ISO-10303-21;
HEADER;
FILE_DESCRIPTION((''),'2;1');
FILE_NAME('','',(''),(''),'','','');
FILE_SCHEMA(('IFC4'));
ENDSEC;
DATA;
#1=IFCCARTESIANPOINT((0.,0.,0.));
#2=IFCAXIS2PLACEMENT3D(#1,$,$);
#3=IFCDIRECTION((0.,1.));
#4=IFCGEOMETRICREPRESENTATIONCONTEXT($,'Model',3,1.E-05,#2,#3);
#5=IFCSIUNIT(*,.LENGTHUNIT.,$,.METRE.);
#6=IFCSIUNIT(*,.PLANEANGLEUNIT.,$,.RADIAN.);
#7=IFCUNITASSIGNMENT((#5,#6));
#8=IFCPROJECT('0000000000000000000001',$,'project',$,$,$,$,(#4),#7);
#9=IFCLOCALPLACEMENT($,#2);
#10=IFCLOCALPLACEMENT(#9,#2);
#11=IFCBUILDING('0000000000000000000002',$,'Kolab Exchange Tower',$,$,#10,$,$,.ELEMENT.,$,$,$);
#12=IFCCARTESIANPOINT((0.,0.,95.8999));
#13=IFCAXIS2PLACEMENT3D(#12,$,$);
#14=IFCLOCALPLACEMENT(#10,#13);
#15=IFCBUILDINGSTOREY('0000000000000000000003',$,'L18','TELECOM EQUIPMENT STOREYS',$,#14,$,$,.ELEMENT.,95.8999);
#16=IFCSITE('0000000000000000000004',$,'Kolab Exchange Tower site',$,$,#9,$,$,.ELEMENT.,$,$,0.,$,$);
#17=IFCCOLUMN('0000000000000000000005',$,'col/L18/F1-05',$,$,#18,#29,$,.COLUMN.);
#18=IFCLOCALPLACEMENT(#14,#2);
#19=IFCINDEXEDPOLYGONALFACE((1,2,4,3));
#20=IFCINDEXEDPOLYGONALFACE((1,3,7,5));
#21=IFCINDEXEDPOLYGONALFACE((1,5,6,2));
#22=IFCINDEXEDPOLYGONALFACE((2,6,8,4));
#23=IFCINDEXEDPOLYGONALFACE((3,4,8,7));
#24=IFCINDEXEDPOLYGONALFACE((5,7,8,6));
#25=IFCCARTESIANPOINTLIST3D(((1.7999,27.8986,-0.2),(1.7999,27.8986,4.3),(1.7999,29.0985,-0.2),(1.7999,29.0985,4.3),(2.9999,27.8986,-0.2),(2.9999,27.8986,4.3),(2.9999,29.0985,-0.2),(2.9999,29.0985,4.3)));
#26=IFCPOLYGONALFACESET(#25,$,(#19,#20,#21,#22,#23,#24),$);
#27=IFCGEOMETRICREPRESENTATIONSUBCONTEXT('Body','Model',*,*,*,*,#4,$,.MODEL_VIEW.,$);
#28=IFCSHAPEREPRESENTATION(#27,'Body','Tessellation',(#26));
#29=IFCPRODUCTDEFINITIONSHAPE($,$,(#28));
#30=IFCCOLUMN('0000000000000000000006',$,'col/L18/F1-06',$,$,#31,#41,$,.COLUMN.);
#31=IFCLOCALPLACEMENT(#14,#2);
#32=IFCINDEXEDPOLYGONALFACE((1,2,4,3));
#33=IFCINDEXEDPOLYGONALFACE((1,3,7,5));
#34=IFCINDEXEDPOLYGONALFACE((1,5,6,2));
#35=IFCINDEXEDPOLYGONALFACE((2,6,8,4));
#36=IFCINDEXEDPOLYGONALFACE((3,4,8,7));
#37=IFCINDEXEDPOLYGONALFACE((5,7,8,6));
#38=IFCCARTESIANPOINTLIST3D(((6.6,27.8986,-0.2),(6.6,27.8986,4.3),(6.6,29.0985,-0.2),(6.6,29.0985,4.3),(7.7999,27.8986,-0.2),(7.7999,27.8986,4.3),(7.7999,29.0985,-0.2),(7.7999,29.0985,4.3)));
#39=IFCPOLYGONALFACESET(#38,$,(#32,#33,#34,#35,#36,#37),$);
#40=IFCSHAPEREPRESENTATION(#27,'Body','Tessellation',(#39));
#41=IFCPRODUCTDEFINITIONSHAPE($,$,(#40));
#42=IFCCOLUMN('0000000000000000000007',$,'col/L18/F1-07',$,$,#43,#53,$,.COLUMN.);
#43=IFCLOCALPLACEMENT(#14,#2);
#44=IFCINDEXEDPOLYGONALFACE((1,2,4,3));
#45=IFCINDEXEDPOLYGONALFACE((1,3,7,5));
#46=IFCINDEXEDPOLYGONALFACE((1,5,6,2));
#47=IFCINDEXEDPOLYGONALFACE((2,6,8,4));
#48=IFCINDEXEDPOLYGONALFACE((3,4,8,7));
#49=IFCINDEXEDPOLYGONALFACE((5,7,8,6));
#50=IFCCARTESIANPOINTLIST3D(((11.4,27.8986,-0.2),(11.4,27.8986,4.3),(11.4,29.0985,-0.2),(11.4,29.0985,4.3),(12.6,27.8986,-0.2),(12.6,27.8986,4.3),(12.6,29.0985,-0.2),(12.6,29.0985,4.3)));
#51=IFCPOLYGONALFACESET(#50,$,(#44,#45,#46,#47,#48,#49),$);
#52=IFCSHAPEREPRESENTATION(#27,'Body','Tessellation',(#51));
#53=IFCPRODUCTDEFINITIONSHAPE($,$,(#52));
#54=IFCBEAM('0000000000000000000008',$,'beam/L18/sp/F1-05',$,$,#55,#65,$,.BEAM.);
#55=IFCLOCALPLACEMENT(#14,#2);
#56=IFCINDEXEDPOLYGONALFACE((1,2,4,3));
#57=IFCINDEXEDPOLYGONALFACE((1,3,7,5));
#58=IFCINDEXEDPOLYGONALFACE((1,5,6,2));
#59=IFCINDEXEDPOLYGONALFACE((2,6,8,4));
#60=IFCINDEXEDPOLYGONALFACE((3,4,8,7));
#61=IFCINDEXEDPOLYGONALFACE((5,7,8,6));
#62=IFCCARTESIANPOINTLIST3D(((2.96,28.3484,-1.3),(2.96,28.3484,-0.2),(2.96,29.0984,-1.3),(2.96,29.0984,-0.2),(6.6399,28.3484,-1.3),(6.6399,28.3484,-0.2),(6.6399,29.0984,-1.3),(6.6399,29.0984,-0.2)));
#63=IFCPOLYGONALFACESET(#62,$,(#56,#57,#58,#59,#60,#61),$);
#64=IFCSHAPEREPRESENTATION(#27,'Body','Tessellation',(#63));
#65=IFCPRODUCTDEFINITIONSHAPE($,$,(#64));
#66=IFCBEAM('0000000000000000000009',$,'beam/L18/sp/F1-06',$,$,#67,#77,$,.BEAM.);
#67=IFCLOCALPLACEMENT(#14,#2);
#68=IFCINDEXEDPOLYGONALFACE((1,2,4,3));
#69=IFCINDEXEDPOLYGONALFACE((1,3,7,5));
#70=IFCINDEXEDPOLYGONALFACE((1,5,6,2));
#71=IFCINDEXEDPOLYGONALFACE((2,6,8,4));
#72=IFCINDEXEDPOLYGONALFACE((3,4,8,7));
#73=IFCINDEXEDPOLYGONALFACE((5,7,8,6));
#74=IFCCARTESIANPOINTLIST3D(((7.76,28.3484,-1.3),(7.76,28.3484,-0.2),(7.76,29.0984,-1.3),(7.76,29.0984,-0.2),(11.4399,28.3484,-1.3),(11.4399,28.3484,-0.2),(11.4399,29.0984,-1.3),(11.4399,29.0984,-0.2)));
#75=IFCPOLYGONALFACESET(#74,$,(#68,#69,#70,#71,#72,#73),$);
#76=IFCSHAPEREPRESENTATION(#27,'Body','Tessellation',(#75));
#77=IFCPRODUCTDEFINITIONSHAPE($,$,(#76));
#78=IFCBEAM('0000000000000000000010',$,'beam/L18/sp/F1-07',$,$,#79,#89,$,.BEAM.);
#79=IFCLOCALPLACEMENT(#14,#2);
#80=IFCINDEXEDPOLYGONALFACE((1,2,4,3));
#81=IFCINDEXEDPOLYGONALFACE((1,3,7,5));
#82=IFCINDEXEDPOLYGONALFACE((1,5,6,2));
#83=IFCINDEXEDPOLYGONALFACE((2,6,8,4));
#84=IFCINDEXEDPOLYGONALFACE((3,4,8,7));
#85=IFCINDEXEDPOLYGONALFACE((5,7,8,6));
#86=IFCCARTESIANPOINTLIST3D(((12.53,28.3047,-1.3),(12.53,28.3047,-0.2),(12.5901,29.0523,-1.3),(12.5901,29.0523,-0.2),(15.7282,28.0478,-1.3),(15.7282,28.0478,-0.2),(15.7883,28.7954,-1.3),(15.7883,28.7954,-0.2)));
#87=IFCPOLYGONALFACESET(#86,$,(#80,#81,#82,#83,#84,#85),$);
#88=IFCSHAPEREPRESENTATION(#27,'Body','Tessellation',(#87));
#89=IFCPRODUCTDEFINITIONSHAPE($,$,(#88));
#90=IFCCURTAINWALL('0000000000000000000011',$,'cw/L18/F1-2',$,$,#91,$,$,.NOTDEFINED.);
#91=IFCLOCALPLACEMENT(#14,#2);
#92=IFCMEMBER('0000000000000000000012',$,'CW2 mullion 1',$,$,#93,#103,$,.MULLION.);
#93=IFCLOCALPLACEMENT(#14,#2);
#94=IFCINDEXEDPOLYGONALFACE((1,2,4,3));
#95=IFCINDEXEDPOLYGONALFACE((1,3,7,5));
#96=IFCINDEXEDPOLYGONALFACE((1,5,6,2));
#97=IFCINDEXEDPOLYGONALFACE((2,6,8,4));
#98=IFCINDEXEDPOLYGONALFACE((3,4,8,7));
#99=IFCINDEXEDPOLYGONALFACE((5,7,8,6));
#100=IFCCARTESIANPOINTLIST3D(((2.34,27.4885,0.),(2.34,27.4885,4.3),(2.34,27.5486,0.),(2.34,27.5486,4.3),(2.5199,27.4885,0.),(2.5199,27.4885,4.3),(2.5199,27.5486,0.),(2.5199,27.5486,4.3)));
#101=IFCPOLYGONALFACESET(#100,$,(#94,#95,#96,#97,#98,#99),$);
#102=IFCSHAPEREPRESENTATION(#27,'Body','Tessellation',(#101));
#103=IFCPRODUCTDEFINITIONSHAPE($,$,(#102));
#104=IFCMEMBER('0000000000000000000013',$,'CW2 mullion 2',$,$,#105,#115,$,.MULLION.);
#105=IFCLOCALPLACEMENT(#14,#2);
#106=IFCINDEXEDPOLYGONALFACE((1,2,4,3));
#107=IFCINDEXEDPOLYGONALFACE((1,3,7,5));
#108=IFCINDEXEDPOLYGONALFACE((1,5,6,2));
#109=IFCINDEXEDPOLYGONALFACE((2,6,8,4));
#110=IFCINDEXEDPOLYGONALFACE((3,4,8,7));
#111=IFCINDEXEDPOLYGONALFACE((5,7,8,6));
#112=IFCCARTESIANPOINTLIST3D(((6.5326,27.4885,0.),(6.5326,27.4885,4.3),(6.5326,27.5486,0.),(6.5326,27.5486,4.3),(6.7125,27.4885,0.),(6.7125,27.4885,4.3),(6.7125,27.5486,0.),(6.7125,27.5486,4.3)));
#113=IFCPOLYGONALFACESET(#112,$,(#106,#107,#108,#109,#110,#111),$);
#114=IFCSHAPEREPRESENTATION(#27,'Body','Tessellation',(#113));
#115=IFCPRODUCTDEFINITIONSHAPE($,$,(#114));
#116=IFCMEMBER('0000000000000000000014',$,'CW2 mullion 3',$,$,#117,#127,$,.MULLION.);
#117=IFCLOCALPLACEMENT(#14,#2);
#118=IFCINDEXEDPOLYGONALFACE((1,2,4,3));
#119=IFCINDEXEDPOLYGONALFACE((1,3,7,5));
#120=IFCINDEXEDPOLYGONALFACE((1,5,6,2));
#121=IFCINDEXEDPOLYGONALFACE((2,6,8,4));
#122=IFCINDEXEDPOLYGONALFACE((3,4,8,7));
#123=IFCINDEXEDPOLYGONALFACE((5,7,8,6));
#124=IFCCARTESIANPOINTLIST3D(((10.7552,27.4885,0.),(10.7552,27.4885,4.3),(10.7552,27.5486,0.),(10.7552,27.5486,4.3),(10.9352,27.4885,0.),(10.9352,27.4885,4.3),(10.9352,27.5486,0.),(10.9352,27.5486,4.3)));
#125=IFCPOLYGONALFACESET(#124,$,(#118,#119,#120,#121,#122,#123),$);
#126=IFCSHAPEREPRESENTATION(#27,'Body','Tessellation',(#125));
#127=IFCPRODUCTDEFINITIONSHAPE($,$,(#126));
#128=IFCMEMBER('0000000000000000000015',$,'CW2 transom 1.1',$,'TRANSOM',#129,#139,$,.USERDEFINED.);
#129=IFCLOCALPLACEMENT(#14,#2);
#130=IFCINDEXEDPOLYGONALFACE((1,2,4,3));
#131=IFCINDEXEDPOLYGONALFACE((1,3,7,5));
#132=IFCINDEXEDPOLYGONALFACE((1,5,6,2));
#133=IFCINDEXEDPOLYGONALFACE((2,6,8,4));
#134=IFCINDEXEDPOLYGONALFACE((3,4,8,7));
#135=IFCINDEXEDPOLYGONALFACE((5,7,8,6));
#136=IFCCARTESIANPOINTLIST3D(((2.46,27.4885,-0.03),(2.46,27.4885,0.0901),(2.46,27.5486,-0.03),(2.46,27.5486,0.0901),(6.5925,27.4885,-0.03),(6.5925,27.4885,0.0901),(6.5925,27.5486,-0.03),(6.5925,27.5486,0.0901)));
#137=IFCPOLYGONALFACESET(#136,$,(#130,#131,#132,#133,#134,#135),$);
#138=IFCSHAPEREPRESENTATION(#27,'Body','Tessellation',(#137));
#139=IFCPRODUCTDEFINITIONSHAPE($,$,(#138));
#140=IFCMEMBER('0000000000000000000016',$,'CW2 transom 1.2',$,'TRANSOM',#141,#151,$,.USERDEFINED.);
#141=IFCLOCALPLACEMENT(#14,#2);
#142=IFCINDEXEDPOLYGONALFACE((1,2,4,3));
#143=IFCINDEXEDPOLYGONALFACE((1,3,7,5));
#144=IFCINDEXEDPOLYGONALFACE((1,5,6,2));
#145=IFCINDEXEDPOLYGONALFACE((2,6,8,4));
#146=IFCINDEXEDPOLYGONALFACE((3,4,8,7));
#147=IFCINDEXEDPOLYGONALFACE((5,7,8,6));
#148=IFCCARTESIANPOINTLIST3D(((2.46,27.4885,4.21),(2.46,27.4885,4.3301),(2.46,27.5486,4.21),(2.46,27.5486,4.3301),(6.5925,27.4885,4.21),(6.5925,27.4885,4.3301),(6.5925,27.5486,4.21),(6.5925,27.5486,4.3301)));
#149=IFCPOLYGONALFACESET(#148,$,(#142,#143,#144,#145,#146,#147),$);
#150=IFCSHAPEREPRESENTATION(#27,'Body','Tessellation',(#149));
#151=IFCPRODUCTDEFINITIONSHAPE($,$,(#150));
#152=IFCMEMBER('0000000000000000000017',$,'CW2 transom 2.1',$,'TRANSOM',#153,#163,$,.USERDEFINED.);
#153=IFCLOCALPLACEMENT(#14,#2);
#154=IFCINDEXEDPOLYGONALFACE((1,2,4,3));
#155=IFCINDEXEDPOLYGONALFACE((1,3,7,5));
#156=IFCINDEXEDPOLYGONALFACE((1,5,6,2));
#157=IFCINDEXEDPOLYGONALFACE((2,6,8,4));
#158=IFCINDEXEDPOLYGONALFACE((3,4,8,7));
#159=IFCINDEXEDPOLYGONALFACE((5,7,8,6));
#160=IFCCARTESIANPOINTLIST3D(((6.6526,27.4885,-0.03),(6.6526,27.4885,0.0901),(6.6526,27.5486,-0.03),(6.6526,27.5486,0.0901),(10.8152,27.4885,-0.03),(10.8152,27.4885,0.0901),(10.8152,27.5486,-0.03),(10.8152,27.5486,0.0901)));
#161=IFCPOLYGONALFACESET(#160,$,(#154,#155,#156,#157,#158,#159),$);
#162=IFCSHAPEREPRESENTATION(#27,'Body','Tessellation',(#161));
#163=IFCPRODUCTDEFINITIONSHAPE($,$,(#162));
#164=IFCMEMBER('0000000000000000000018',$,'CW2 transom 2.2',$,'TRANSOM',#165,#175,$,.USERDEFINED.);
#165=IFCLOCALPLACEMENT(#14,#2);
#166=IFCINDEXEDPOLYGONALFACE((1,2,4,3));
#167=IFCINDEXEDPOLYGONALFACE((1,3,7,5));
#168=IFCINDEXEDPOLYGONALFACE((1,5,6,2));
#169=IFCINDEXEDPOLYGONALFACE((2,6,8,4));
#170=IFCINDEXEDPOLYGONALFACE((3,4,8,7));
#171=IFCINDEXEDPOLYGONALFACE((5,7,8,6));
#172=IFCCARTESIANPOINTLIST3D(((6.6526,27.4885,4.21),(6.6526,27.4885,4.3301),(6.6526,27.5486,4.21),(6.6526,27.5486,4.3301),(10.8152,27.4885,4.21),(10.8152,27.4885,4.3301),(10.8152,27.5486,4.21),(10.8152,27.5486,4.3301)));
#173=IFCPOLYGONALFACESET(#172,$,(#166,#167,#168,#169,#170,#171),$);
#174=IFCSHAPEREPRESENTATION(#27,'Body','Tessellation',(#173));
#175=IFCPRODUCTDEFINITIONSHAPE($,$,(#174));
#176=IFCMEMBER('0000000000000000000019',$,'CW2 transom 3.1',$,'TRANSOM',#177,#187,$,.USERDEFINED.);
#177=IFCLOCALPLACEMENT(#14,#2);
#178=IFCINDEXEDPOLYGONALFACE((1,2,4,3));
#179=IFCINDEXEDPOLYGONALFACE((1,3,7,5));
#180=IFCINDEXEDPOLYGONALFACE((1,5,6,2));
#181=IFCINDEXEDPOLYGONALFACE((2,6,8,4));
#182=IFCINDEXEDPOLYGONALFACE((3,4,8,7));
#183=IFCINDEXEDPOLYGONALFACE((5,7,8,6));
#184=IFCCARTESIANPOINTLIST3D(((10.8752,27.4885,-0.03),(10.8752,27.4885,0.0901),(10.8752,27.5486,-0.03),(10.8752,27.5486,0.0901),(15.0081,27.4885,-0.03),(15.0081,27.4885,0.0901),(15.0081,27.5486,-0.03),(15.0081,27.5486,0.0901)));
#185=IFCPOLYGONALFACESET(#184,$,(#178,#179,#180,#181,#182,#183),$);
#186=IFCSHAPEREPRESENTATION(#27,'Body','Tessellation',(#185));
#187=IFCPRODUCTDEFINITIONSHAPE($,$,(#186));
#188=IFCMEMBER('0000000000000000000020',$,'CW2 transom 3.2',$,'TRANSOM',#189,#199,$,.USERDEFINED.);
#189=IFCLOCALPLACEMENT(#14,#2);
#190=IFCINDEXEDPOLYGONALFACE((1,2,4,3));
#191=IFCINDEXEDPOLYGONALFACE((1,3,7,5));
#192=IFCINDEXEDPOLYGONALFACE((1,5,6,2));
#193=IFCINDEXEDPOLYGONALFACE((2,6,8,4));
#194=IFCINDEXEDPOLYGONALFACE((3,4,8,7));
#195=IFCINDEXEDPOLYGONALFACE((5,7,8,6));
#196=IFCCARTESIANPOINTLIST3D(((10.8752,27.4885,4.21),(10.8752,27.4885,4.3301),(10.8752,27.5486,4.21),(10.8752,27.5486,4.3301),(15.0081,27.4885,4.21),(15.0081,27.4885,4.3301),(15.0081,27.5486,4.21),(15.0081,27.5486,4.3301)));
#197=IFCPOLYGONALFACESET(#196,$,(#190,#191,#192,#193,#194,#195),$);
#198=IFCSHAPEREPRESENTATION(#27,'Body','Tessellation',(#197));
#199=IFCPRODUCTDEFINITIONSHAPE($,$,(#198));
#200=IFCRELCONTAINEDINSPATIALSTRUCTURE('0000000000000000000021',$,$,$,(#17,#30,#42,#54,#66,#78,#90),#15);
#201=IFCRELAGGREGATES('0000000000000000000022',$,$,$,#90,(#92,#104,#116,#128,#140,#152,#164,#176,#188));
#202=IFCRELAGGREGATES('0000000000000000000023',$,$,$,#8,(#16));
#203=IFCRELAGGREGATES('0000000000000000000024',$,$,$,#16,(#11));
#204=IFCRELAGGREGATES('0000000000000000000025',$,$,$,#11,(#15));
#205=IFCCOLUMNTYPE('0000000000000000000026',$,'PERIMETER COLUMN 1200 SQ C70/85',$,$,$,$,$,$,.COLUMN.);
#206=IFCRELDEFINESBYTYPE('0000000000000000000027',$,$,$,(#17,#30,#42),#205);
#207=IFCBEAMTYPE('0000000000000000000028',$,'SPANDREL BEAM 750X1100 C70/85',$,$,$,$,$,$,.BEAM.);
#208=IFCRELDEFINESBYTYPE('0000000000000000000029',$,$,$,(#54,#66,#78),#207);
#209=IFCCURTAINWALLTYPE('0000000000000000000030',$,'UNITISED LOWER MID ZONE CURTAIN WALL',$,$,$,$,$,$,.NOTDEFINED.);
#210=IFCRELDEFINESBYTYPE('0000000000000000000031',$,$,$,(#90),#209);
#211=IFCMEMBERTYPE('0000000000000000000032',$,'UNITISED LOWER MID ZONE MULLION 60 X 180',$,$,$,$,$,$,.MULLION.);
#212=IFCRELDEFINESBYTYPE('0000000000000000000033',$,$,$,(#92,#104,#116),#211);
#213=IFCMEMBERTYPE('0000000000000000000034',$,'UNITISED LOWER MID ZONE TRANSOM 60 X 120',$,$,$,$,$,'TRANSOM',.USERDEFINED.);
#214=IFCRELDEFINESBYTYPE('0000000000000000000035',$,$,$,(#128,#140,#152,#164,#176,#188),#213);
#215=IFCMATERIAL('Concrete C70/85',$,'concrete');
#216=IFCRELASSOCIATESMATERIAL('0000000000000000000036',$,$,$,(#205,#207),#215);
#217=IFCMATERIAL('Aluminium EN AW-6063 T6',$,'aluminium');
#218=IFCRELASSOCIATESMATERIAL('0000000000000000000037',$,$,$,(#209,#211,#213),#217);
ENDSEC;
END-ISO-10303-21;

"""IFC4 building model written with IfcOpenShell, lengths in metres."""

from ifc_helpers import new_model, si_unit, direction, frame, origin, origin_2d, place, context, subcontext, project, spatial, rectangle, extrude, material, material_profile, profile_set, type_object, element, aggregate, save


model = new_model("IFC4")

# Units and contexts
model_context = context("Model", 3, precision=1e-05, world=origin(), true_north=direction((0.0, 1.0)))
body_context = subcontext(model_context, "Body", "Model", "MODEL_VIEW")
ifc_project = project(units=[si_unit("LENGTHUNIT", "METRE"), si_unit("PLANEANGLEUNIT", "RADIAN")], contexts=[model_context])

# Site, building, storey
site_placement = place(None, origin())
site = spatial("IfcSite", under=ifc_project, at=site_placement, Name="Kolab Exchange Tower site", CompositionType="ELEMENT", RefElevation=0.0)
building_placement = place(site_placement, origin())
building = spatial("IfcBuilding", under=site, at=building_placement, Name="Kolab Exchange Tower", CompositionType="ELEMENT")
storey_placement = place(building_placement, frame((0.0, 0.0, 95.8999)))
storey = spatial("IfcBuildingStorey", under=building, at=storey_placement, Name="L18", Description="TELECOM EQUIPMENT STOREYS", CompositionType="ELEMENT", Elevation=95.8999)

# Columns
ifc_material_1 = material(Name="Concrete C70/85", Category="concrete")
ifc_material_profile_1 = material_profile(ifc_material_1, rectangle(XDim=1.2, YDim=1.2, at=origin_2d()), Name="RC1200")
ifc_profile_set_1 = profile_set([ifc_material_profile_1], Name="Concrete C70/85")
column_type = type_object("IfcColumnType", Name="PERIMETER COLUMN 1200 SQ C70/85", PredefinedType="COLUMN", material=ifc_profile_set_1)
for number, where, z_axis, x_axis, name in (
    (1, (2.3999, 28.4985, -0.2), (0.0, 0.0, 1.0), (1.0, 0.0, 0.0), "col/L18/F1-05"),
    (2, (7.2, 28.4985, -0.2), (0.0, 0.0, 1.0), (1.0, 0.0, 0.0), "col/L18/F1-06"),
    (3, (12.0, 28.4985, -0.2), (0.0, 0.0, 1.0), (1.0, 0.0, 0.0), "col/L18/F1-07"),
):
    element("IfcColumn", number, at=place(storey_placement, frame(where, z_axis=z_axis, x_axis=x_axis)), inside=storey, type_object=column_type, Name=name, PredefinedType="COLUMN", context=body_context, shape_type="SweptSolid", body=[
        extrude(rectangle(XDim=1.2, YDim=1.2, at=origin_2d()), origin(), (0.0, 0.0, 1.0), 4.5),
    ])

# Beams
ifc_material_profile_2 = material_profile(ifc_material_1, rectangle(XDim=0.75, YDim=1.1001, at=origin_2d()), Name="RC750X1100")
ifc_profile_set_2 = profile_set([ifc_material_profile_2], Name="Concrete C70/85")
beam_type = type_object("IfcBeamType", Name="SPANDREL BEAM 750X1100 C70/85", PredefinedType="BEAM", material=ifc_profile_set_2)
for number, where, z_axis, x_axis, name in (
    (4, (2.96, 28.7234, -0.75), (1.0, 0.0, 0.0), (0.0, 1.0, 0.0), "beam/L18/sp/F1-05"),
    (5, (7.76, 28.7234, -0.75), (1.0, 0.0, 0.0), (0.0, 1.0, 0.0), "beam/L18/sp/F1-06"),
):
    element("IfcBeam", number, at=place(storey_placement, frame(where, z_axis=z_axis, x_axis=x_axis)), inside=storey, type_object=beam_type, Name=name, PredefinedType="BEAM", context=body_context, shape_type="SweptSolid", body=[
        extrude(rectangle(XDim=0.75, YDim=1.1001, at=origin_2d()), origin(), (0.0, 0.0, 1.0), 3.6799),
    ])
beam_placement = place(storey_placement, frame((12.5601, 28.6785, -0.75), z_axis=(0.996791, -0.080048, 0.0), x_axis=(0.080048, 0.996791, 0.0)))
element("IfcBeam", 6, at=beam_placement, inside=storey, type_object=beam_type, Name="beam/L18/sp/F1-07", PredefinedType="BEAM", context=body_context, shape_type="SweptSolid", body=[
    extrude(rectangle(XDim=0.75, YDim=1.1001, at=origin_2d()), origin(), (0.0, 0.0, 1.0), 3.2085),
])

# Curtain wall, members
ifc_material_2 = material(Name="Aluminium EN AW-6063 T6", Category="aluminium")
curtain_wall_type = type_object("IfcCurtainWallType", Name="UNITISED LOWER MID ZONE CURTAIN WALL", PredefinedType="NOTDEFINED", material=ifc_material_2)
curtain_wall_placement = place(storey_placement, origin())
curtain_wall = element("IfcCurtainWall", 7, at=curtain_wall_placement, inside=storey, type_object=curtain_wall_type, Name="cw/L18/F1-2", PredefinedType="NOTDEFINED")
ifc_material_profile_3 = material_profile(ifc_material_2, rectangle(XDim=0.0601, YDim=0.1799, at=origin_2d()), Name="RECT 60X180")
ifc_profile_set_3 = profile_set([ifc_material_profile_3], Name="Aluminium EN AW-6063 T6")
member_type_1 = type_object("IfcMemberType", Name="UNITISED LOWER MID ZONE MULLION 60 X 180", PredefinedType="MULLION", material=ifc_profile_set_3)
member_1_placement = place(storey_placement, frame((2.4299, 27.5186, 0.0), z_axis=(0.0, 0.0, 1.0), x_axis=(0.0, 1.0, 0.0)))
member_1 = element("IfcMember", 8, at=member_1_placement, type_object=member_type_1, Name="CW2 mullion 1", PredefinedType="MULLION", context=body_context, shape_type="SweptSolid", body=[
    extrude(rectangle(XDim=0.0601, YDim=0.1799, at=origin_2d()), origin(), (0.0, 0.0, 1.0), 4.3),
])
member_2_placement = place(storey_placement, frame((6.6226, 27.5186, 0.0), z_axis=(0.0, 0.0, 1.0), x_axis=(0.0, 1.0, 0.0)))
member_2 = element("IfcMember", 9, at=member_2_placement, type_object=member_type_1, Name="CW2 mullion 2", PredefinedType="MULLION", context=body_context, shape_type="SweptSolid", body=[
    extrude(rectangle(XDim=0.0601, YDim=0.1799, at=origin_2d()), origin(), (0.0, 0.0, 1.0), 4.3),
])
member_3_placement = place(storey_placement, frame((10.8452, 27.5186, 0.0), z_axis=(0.0, 0.0, 1.0), x_axis=(0.0, 1.0, 0.0)))
member_3 = element("IfcMember", 10, at=member_3_placement, type_object=member_type_1, Name="CW2 mullion 3", PredefinedType="MULLION", context=body_context, shape_type="SweptSolid", body=[
    extrude(rectangle(XDim=0.0601, YDim=0.1799, at=origin_2d()), origin(), (0.0, 0.0, 1.0), 4.3),
])
ifc_material_profile_4 = material_profile(ifc_material_2, rectangle(XDim=0.0601, YDim=0.1201, at=origin_2d()), Name="RECT 60X120")
ifc_profile_set_4 = profile_set([ifc_material_profile_4], Name="Aluminium EN AW-6063 T6")
member_type_2 = type_object("IfcMemberType", Name="UNITISED LOWER MID ZONE TRANSOM 60 X 120", ElementType="TRANSOM", PredefinedType="USERDEFINED", material=ifc_profile_set_4)
member_4_placement = place(storey_placement, frame((2.46, 27.5186, 0.03), z_axis=(1.0, 0.0, 0.0), x_axis=(0.0, 1.0, 0.0)))
member_4 = element("IfcMember", 11, at=member_4_placement, type_object=member_type_2, Name="CW2 transom 1.1", ObjectType="TRANSOM", PredefinedType="USERDEFINED", context=body_context, shape_type="SweptSolid", body=[
    extrude(rectangle(XDim=0.0601, YDim=0.1201, at=origin_2d()), origin(), (0.0, 0.0, 1.0), 4.1326),
])
member_5_placement = place(storey_placement, frame((2.46, 27.5186, 4.27), z_axis=(1.0, 0.0, 0.0), x_axis=(0.0, 1.0, 0.0)))
member_5 = element("IfcMember", 12, at=member_5_placement, type_object=member_type_2, Name="CW2 transom 1.2", ObjectType="TRANSOM", PredefinedType="USERDEFINED", context=body_context, shape_type="SweptSolid", body=[
    extrude(rectangle(XDim=0.0601, YDim=0.1201, at=origin_2d()), origin(), (0.0, 0.0, 1.0), 4.1326),
])
member_6_placement = place(storey_placement, frame((6.6526, 27.5186, 0.03), z_axis=(1.0, 0.0, 0.0), x_axis=(0.0, 1.0, 0.0)))
member_6 = element("IfcMember", 13, at=member_6_placement, type_object=member_type_2, Name="CW2 transom 2.1", ObjectType="TRANSOM", PredefinedType="USERDEFINED", context=body_context, shape_type="SweptSolid", body=[
    extrude(rectangle(XDim=0.0601, YDim=0.1201, at=origin_2d()), origin(), (0.0, 0.0, 1.0), 4.1626),
])
member_7_placement = place(storey_placement, frame((6.6526, 27.5186, 4.27), z_axis=(1.0, 0.0, 0.0), x_axis=(0.0, 1.0, 0.0)))
member_7 = element("IfcMember", 14, at=member_7_placement, type_object=member_type_2, Name="CW2 transom 2.2", ObjectType="TRANSOM", PredefinedType="USERDEFINED", context=body_context, shape_type="SweptSolid", body=[
    extrude(rectangle(XDim=0.0601, YDim=0.1201, at=origin_2d()), origin(), (0.0, 0.0, 1.0), 4.1626),
])
member_8_placement = place(storey_placement, frame((10.8752, 27.5186, 0.03), z_axis=(1.0, 0.0, 0.0), x_axis=(0.0, 1.0, 0.0)))
member_8 = element("IfcMember", 15, at=member_8_placement, type_object=member_type_2, Name="CW2 transom 3.1", ObjectType="TRANSOM", PredefinedType="USERDEFINED", context=body_context, shape_type="SweptSolid", body=[
    extrude(rectangle(XDim=0.0601, YDim=0.1201, at=origin_2d()), origin(), (0.0, 0.0, 1.0), 4.1328),
])
member_9_placement = place(storey_placement, frame((10.8752, 27.5186, 4.27), z_axis=(1.0, 0.0, 0.0), x_axis=(0.0, 1.0, 0.0)))
member_9 = element("IfcMember", 16, at=member_9_placement, type_object=member_type_2, Name="CW2 transom 3.2", ObjectType="TRANSOM", PredefinedType="USERDEFINED", context=body_context, shape_type="SweptSolid", body=[
    extrude(rectangle(XDim=0.0601, YDim=0.1201, at=origin_2d()), origin(), (0.0, 0.0, 1.0), 4.1328),
])
aggregate(curtain_wall, [member_1, member_2, member_3, member_4, member_5, member_6, member_7, member_8, member_9])

save(model, "model.ifc")
